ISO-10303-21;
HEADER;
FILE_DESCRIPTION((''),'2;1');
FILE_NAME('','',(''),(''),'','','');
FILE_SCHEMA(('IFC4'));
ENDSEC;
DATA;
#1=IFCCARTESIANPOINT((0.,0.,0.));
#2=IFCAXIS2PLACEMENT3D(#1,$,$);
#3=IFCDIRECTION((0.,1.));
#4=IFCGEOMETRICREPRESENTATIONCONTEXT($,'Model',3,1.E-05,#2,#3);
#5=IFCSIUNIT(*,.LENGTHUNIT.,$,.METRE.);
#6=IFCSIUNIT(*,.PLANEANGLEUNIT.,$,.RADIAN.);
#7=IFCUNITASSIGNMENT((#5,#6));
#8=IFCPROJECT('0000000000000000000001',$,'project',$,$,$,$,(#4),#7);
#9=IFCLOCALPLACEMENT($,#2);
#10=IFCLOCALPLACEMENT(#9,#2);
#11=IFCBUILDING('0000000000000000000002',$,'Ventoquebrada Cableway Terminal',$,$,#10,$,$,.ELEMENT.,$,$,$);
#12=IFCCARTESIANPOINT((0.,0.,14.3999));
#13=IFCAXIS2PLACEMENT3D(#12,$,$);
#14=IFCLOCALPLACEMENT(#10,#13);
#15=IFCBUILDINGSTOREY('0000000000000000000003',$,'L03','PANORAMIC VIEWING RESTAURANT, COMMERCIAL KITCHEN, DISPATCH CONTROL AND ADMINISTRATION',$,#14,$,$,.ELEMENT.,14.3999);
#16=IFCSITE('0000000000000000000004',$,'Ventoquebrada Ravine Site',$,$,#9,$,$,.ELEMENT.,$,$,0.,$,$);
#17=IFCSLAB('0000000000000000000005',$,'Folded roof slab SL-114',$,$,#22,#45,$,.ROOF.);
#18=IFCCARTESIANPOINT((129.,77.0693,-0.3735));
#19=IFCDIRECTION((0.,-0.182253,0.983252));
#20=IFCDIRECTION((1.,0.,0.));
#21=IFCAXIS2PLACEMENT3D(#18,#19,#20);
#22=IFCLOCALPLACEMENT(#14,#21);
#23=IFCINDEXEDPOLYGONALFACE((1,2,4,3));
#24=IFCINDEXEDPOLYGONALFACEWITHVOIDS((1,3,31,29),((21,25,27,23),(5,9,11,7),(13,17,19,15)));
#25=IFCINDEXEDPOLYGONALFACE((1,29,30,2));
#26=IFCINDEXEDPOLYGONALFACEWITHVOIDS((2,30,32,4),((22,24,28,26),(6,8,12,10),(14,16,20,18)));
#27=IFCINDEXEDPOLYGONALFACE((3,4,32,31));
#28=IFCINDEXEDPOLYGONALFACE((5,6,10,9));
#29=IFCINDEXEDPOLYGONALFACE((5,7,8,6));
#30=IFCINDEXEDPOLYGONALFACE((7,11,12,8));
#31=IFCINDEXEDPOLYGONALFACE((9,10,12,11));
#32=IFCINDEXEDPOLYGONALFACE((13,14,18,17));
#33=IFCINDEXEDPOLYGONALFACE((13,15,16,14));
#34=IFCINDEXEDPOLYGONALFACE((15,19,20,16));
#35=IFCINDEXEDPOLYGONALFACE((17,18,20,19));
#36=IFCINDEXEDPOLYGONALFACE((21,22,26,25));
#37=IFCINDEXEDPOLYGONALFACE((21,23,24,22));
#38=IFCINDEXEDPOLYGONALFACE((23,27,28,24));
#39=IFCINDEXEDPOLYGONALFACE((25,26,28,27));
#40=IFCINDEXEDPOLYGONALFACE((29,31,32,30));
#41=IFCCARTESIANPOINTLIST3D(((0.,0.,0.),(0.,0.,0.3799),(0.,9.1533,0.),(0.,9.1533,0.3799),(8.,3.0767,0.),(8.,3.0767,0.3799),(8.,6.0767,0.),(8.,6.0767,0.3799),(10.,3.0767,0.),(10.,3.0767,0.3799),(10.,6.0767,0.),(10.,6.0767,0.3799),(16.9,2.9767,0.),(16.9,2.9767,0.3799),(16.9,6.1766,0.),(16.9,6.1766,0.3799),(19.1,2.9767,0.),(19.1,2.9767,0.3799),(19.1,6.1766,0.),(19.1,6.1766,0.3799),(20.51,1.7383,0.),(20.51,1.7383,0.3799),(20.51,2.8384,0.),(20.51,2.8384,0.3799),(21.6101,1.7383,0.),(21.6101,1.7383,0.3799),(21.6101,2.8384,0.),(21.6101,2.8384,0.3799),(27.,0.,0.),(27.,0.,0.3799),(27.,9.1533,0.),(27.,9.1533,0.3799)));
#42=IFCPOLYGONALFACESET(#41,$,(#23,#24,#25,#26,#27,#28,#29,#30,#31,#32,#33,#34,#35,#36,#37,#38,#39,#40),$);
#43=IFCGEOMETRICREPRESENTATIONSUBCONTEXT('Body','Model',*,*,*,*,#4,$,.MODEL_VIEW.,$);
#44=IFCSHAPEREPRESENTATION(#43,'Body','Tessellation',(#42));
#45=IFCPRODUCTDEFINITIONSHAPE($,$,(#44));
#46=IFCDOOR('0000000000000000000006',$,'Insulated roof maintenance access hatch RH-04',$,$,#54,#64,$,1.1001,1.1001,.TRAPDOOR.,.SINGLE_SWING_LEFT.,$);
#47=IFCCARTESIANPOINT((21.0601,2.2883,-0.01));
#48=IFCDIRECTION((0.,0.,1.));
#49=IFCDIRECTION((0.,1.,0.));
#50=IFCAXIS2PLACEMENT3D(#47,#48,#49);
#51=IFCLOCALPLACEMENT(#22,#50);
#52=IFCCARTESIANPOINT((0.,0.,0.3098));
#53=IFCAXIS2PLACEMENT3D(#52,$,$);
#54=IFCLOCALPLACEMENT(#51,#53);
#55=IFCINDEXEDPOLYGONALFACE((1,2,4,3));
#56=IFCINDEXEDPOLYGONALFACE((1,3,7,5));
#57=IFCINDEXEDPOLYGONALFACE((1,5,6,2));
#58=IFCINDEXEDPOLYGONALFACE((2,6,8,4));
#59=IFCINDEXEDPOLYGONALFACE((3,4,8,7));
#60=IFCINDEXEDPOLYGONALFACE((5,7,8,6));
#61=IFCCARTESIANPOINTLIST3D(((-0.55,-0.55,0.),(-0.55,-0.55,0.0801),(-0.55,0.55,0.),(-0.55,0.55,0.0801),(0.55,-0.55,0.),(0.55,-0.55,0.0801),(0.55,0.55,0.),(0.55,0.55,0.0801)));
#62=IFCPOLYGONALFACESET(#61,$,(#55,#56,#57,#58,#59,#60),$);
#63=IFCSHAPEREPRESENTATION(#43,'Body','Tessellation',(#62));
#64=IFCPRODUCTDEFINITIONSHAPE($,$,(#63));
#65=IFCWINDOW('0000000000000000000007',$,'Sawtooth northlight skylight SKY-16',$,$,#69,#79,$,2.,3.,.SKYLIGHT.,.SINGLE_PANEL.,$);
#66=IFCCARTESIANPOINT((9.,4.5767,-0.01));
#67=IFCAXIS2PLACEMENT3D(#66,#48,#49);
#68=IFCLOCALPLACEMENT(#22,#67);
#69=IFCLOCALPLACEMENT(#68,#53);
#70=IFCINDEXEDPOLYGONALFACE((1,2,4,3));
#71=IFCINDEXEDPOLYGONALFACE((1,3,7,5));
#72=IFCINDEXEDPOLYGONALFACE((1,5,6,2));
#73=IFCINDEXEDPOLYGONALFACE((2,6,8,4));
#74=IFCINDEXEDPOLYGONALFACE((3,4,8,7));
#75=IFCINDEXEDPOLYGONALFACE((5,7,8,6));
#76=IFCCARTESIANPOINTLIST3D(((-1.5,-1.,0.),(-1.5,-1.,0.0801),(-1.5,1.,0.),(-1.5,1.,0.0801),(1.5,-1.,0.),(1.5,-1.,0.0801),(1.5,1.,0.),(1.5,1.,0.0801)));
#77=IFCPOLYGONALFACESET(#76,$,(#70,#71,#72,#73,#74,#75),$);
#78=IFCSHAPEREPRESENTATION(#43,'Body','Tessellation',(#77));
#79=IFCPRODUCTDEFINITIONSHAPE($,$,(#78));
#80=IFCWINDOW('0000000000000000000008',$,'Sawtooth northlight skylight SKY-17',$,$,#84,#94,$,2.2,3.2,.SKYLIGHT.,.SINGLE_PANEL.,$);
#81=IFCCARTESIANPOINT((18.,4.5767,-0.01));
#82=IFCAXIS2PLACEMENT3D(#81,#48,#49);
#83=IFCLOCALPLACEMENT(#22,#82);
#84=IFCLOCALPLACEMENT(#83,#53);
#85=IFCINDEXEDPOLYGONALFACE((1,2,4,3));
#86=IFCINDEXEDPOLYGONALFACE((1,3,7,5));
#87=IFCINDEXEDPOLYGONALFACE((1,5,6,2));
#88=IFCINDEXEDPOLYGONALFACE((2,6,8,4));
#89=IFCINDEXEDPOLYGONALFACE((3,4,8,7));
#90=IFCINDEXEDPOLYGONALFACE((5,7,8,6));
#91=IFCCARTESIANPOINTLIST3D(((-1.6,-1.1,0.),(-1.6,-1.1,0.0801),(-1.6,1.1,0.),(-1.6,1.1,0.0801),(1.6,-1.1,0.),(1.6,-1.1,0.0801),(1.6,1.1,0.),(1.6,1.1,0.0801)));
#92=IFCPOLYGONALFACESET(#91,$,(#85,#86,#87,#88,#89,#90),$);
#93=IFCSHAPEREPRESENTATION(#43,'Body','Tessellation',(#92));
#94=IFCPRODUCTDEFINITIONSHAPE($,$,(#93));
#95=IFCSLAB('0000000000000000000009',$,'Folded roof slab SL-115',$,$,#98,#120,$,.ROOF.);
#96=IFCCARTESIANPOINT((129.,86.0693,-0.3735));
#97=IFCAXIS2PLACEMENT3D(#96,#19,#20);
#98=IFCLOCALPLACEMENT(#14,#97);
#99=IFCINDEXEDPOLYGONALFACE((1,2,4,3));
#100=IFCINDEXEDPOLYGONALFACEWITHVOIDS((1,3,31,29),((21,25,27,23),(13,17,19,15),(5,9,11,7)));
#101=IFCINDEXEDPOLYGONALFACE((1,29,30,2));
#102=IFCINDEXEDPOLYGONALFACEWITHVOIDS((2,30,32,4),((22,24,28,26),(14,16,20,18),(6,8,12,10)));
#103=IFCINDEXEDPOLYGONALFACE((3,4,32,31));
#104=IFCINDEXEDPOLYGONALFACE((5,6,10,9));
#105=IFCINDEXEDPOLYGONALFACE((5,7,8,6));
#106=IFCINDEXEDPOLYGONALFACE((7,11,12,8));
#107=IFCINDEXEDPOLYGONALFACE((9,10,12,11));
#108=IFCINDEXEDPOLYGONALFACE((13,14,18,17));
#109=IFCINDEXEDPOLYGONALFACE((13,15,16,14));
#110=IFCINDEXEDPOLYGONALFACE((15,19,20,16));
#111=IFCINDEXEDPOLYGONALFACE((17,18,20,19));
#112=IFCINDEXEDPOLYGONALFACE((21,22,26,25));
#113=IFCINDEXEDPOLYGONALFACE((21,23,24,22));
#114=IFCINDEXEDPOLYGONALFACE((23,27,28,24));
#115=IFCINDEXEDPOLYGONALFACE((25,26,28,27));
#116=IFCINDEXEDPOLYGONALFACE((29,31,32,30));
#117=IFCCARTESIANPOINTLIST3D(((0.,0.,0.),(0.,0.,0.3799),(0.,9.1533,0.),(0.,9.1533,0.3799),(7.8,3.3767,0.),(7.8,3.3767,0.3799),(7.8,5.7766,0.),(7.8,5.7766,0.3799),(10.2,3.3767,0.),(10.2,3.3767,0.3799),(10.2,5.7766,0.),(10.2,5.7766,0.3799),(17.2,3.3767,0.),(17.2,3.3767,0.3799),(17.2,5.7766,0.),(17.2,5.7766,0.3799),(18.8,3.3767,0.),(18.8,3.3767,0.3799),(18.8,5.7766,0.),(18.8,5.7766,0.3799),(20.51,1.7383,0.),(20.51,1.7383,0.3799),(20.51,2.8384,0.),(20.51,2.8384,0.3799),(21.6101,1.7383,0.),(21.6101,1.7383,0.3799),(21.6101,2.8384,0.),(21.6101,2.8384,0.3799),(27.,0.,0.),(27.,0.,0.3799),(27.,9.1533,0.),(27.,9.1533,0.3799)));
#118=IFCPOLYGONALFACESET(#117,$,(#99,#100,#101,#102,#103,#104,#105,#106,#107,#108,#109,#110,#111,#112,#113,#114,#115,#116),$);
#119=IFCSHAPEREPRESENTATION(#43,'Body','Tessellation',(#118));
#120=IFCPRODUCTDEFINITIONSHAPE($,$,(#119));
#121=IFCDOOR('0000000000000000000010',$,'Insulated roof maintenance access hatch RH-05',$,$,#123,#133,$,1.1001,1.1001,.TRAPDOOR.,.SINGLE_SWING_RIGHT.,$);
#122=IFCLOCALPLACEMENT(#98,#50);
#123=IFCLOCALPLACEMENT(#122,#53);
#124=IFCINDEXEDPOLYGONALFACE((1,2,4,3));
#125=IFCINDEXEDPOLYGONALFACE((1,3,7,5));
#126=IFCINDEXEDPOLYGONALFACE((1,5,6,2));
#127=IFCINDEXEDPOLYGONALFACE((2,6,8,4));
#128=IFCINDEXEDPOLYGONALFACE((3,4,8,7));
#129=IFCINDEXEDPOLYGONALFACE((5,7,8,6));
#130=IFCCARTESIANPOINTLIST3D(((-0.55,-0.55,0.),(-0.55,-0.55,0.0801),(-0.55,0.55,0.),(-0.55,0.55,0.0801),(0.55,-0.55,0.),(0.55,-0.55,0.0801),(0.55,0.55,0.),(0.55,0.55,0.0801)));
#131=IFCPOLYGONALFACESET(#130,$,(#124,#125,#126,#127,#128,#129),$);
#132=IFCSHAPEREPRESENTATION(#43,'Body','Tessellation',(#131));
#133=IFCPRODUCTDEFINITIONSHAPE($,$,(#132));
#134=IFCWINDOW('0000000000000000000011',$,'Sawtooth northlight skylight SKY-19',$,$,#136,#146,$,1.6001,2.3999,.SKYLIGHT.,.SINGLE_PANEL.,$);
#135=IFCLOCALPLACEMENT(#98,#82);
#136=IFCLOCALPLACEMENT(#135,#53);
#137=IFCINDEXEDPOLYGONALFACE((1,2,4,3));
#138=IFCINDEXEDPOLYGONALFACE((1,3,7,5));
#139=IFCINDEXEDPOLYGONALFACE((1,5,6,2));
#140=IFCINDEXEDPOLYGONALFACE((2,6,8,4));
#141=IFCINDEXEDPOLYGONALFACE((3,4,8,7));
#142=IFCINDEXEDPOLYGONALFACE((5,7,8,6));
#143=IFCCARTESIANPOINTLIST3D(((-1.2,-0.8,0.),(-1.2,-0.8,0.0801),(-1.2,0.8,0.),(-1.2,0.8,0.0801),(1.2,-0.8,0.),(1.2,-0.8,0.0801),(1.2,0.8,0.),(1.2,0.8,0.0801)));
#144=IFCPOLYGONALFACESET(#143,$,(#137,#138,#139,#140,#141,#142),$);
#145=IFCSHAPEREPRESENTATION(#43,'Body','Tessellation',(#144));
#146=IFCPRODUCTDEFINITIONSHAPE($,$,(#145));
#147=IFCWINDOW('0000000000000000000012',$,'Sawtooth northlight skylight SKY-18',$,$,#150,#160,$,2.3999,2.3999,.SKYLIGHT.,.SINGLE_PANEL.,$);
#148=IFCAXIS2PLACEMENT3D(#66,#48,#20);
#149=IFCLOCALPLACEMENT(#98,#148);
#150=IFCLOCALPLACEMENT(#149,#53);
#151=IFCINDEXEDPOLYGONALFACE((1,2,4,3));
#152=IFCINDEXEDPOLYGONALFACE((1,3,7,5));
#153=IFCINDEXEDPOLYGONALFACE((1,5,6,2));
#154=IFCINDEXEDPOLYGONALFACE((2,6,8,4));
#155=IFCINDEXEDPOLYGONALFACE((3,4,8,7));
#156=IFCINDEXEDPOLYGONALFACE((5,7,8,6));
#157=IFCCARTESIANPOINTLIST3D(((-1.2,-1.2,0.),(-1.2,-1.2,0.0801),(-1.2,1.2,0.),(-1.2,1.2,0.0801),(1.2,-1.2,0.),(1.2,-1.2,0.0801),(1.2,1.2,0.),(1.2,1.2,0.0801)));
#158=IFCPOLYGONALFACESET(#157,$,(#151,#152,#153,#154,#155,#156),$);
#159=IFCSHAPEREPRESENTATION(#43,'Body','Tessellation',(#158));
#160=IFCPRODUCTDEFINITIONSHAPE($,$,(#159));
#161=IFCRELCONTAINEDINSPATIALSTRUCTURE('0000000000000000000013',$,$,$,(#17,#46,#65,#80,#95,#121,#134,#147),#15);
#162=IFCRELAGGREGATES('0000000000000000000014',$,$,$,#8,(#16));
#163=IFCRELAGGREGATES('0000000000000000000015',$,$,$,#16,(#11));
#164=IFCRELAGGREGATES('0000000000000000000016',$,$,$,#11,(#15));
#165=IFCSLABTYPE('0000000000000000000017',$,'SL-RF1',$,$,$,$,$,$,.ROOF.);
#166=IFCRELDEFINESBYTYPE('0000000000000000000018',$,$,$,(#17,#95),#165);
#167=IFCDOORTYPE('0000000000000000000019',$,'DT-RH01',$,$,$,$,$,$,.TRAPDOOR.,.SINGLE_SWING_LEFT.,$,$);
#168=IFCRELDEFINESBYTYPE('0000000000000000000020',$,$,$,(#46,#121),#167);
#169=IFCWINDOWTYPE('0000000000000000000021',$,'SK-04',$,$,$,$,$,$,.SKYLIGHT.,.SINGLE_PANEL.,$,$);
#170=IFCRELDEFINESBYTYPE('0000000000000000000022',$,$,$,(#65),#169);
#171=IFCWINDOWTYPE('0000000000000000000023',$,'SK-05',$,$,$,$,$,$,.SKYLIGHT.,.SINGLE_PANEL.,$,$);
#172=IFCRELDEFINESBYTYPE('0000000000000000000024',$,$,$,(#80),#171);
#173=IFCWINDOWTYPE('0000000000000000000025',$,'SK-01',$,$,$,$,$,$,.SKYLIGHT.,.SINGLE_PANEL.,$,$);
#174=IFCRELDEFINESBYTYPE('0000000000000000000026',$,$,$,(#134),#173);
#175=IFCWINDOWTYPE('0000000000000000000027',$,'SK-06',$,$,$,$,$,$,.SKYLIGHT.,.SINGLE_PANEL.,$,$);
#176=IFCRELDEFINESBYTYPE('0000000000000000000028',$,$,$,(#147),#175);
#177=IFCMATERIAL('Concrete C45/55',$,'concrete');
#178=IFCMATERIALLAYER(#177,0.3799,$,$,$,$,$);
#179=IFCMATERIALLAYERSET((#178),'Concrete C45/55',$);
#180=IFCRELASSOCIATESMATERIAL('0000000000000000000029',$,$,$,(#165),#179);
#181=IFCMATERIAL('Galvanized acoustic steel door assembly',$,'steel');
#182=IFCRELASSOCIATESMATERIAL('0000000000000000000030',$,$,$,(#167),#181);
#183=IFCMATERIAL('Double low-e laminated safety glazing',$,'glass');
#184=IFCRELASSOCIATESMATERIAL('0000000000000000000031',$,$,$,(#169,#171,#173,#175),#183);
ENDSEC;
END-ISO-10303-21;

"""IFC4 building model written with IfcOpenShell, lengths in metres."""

from ifc_helpers import new_model, si_unit, direction, frame, origin, origin_2d, place, context, subcontext, project, spatial, polyline, rectangle, outline, extrude, material, layer, layer_set, type_object, element, fill, save


model = new_model("IFC4")

# Units and contexts
model_context = context("Model", 3, precision=1e-05, world=origin(), true_north=direction((0.0, 1.0)))
body_context = subcontext(model_context, "Body", "Model", "MODEL_VIEW")
ifc_project = project(units=[si_unit("LENGTHUNIT", "METRE"), si_unit("PLANEANGLEUNIT", "RADIAN")], contexts=[model_context])

# Site, building, storey
site_placement = place(None, origin())
site = spatial("IfcSite", under=ifc_project, at=site_placement, Name="Ventoquebrada Ravine Site", CompositionType="ELEMENT", RefElevation=0.0)
building_placement = place(site_placement, origin())
building = spatial("IfcBuilding", under=site, at=building_placement, Name="Ventoquebrada Cableway Terminal", CompositionType="ELEMENT")
storey_placement = place(building_placement, frame((0.0, 0.0, 14.3999)))
storey = spatial("IfcBuildingStorey", under=building, at=storey_placement, Name="L03", Description="PANORAMIC VIEWING RESTAURANT, COMMERCIAL KITCHEN, DISPATCH CONTROL AND ADMINISTRATION", CompositionType="ELEMENT", Elevation=14.3999)

# Slabs, openings, doors, windows
ifc_material_1 = material(Name="Concrete C45/55", Category="concrete")
ifc_layer_1 = layer(ifc_material_1, 0.3799)
ifc_layer_set_1 = layer_set([ifc_layer_1], Name="Concrete C45/55")
slab_type_1 = type_object("IfcSlabType", Name="SL-RF1", PredefinedType="ROOF", material=ifc_layer_set_1)
slab_1_placement = place(storey_placement, frame((129.0, 77.0693, -0.3735), z_axis=(0.0, -0.182253, 0.983252), x_axis=(1.0, 0.0, 0.0)))
slab_1 = element("IfcSlab", 1, at=slab_1_placement, inside=storey, type_object=slab_type_1, Name="Folded roof slab SL-114", PredefinedType="ROOF", context=body_context, shape_type="SweptSolid", body=[
    extrude(outline(polyline([(0.0, 0.0), (27.0, 0.0), (27.0, 9.1533), (0.0, 9.1533), (0.0, 0.0)])), origin(), (0.0, 0.0, 1.0), 0.3799),
])
opening_1_placement = place(slab_1_placement, frame((9.0, 4.5767, -0.01), z_axis=(0.0, 0.0, 1.0), x_axis=(0.0, 1.0, 0.0)))
opening_1 = element("IfcOpeningElement", 2, at=opening_1_placement, cuts=slab_1, PredefinedType="OPENING", context=body_context, shape_type="SweptSolid", body=[
    extrude(rectangle(XDim=3.0, YDim=2.0, at=origin_2d()), origin(), (0.0, 0.0, 1.0), 0.3999),
])
opening_2_placement = place(slab_1_placement, frame((18.0, 4.5767, -0.01), z_axis=(0.0, 0.0, 1.0), x_axis=(0.0, 1.0, 0.0)))
opening_2 = element("IfcOpeningElement", 3, at=opening_2_placement, cuts=slab_1, PredefinedType="OPENING", context=body_context, shape_type="SweptSolid", body=[
    extrude(rectangle(XDim=3.2, YDim=2.2, at=origin_2d()), origin(), (0.0, 0.0, 1.0), 0.3999),
])
opening_3_placement = place(slab_1_placement, frame((21.0601, 2.2883, -0.01), z_axis=(0.0, 0.0, 1.0), x_axis=(0.0, 1.0, 0.0)))
opening_3 = element("IfcOpeningElement", 4, at=opening_3_placement, cuts=slab_1, PredefinedType="OPENING", context=body_context, shape_type="SweptSolid", body=[
    extrude(rectangle(XDim=1.1001, YDim=1.1001, at=origin_2d()), origin(), (0.0, 0.0, 1.0), 0.3999),
])
ifc_material_2 = material(Name="Galvanized acoustic steel door assembly", Category="steel")
door_type = type_object("IfcDoorType", Name="DT-RH01", OperationType="SINGLE_SWING_LEFT", PredefinedType="TRAPDOOR", material=ifc_material_2)
door_1_placement = place(opening_3_placement, frame((0.0, 0.0, 0.3098)))
door_1 = element("IfcDoor", 5, at=door_1_placement, inside=storey, type_object=door_type, Name="Insulated roof maintenance access hatch RH-04", OperationType="SINGLE_SWING_LEFT", OverallHeight=1.1001, OverallWidth=1.1001, PredefinedType="TRAPDOOR", context=body_context, shape_type="SweptSolid", body=[
    extrude(rectangle(XDim=1.1001, YDim=1.1001, at=origin_2d()), origin(), (0.0, 0.0, 1.0), 0.0801),
])
fill(opening_3, door_1)
ifc_material_3 = material(Name="Double low-e laminated safety glazing", Category="glass")
window_type_1 = type_object("IfcWindowType", Name="SK-04", PartitioningType="SINGLE_PANEL", PredefinedType="SKYLIGHT", material=ifc_material_3)
window_1_placement = place(opening_1_placement, frame((0.0, 0.0, 0.3098)))
window_1 = element("IfcWindow", 6, at=window_1_placement, inside=storey, type_object=window_type_1, Name="Sawtooth northlight skylight SKY-16", OverallHeight=2.0, OverallWidth=3.0, PartitioningType="SINGLE_PANEL", PredefinedType="SKYLIGHT", context=body_context, shape_type="SweptSolid", body=[
    extrude(rectangle(XDim=3.0, YDim=2.0, at=origin_2d()), origin(), (0.0, 0.0, 1.0), 0.0801),
])
fill(opening_1, window_1)
window_type_2 = type_object("IfcWindowType", Name="SK-05", PartitioningType="SINGLE_PANEL", PredefinedType="SKYLIGHT", material=ifc_material_3)
window_2_placement = place(opening_2_placement, frame((0.0, 0.0, 0.3098)))
window_2 = element("IfcWindow", 7, at=window_2_placement, inside=storey, type_object=window_type_2, Name="Sawtooth northlight skylight SKY-17", OverallHeight=2.2, OverallWidth=3.2, PartitioningType="SINGLE_PANEL", PredefinedType="SKYLIGHT", context=body_context, shape_type="SweptSolid", body=[
    extrude(rectangle(XDim=3.2, YDim=2.2, at=origin_2d()), origin(), (0.0, 0.0, 1.0), 0.0801),
])
fill(opening_2, window_2)
slab_2_placement = place(storey_placement, frame((129.0, 86.0693, -0.3735), z_axis=(0.0, -0.182253, 0.983252), x_axis=(1.0, 0.0, 0.0)))
slab_2 = element("IfcSlab", 8, at=slab_2_placement, inside=storey, type_object=slab_type_1, Name="Folded roof slab SL-115", PredefinedType="ROOF", context=body_context, shape_type="SweptSolid", body=[
    extrude(outline(polyline([(0.0, 0.0), (27.0, 0.0), (27.0, 9.1533), (0.0, 9.1533), (0.0, 0.0)])), origin(), (0.0, 0.0, 1.0), 0.3799),
])
opening_4_placement = place(slab_2_placement, frame((9.0, 4.5767, -0.01), z_axis=(0.0, 0.0, 1.0), x_axis=(1.0, 0.0, 0.0)))
opening_4 = element("IfcOpeningElement", 9, at=opening_4_placement, cuts=slab_2, PredefinedType="OPENING", context=body_context, shape_type="SweptSolid", body=[
    extrude(rectangle(XDim=2.3999, YDim=2.3999, at=origin_2d()), origin(), (0.0, 0.0, 1.0), 0.3999),
])
opening_5_placement = place(slab_2_placement, frame((18.0, 4.5767, -0.01), z_axis=(0.0, 0.0, 1.0), x_axis=(0.0, 1.0, 0.0)))
opening_5 = element("IfcOpeningElement", 10, at=opening_5_placement, cuts=slab_2, PredefinedType="OPENING", context=body_context, shape_type="SweptSolid", body=[
    extrude(rectangle(XDim=2.3999, YDim=1.6001, at=origin_2d()), origin(), (0.0, 0.0, 1.0), 0.3999),
])
opening_6_placement = place(slab_2_placement, frame((21.0601, 2.2883, -0.01), z_axis=(0.0, 0.0, 1.0), x_axis=(0.0, 1.0, 0.0)))
opening_6 = element("IfcOpeningElement", 11, at=opening_6_placement, cuts=slab_2, PredefinedType="OPENING", context=body_context, shape_type="SweptSolid", body=[
    extrude(rectangle(XDim=1.1001, YDim=1.1001, at=origin_2d()), origin(), (0.0, 0.0, 1.0), 0.3999),
])
door_2_placement = place(opening_6_placement, frame((0.0, 0.0, 0.3098)))
door_2 = element("IfcDoor", 12, at=door_2_placement, inside=storey, type_object=door_type, Name="Insulated roof maintenance access hatch RH-05", OperationType="SINGLE_SWING_RIGHT", OverallHeight=1.1001, OverallWidth=1.1001, PredefinedType="TRAPDOOR", context=body_context, shape_type="SweptSolid", body=[
    extrude(rectangle(XDim=1.1001, YDim=1.1001, at=origin_2d()), origin(), (0.0, 0.0, 1.0), 0.0801),
])
fill(opening_6, door_2)
window_type_3 = type_object("IfcWindowType", Name="SK-01", PartitioningType="SINGLE_PANEL", PredefinedType="SKYLIGHT", material=ifc_material_3)
window_3_placement = place(opening_5_placement, frame((0.0, 0.0, 0.3098)))
window_3 = element("IfcWindow", 13, at=window_3_placement, inside=storey, type_object=window_type_3, Name="Sawtooth northlight skylight SKY-19", OverallHeight=1.6001, OverallWidth=2.3999, PartitioningType="SINGLE_PANEL", PredefinedType="SKYLIGHT", context=body_context, shape_type="SweptSolid", body=[
    extrude(rectangle(XDim=2.3999, YDim=1.6001, at=origin_2d()), origin(), (0.0, 0.0, 1.0), 0.0801),
])
fill(opening_5, window_3)
window_type_4 = type_object("IfcWindowType", Name="SK-06", PartitioningType="SINGLE_PANEL", PredefinedType="SKYLIGHT", material=ifc_material_3)
window_4_placement = place(opening_4_placement, frame((0.0, 0.0, 0.3098)))
window_4 = element("IfcWindow", 14, at=window_4_placement, inside=storey, type_object=window_type_4, Name="Sawtooth northlight skylight SKY-18", OverallHeight=2.3999, OverallWidth=2.3999, PartitioningType="SINGLE_PANEL", PredefinedType="SKYLIGHT", context=body_context, shape_type="SweptSolid", body=[
    extrude(rectangle(XDim=2.3999, YDim=2.3999, at=origin_2d()), origin(), (0.0, 0.0, 1.0), 0.0801),
])
fill(opening_4, window_4)

save(model, "model.ifc")
